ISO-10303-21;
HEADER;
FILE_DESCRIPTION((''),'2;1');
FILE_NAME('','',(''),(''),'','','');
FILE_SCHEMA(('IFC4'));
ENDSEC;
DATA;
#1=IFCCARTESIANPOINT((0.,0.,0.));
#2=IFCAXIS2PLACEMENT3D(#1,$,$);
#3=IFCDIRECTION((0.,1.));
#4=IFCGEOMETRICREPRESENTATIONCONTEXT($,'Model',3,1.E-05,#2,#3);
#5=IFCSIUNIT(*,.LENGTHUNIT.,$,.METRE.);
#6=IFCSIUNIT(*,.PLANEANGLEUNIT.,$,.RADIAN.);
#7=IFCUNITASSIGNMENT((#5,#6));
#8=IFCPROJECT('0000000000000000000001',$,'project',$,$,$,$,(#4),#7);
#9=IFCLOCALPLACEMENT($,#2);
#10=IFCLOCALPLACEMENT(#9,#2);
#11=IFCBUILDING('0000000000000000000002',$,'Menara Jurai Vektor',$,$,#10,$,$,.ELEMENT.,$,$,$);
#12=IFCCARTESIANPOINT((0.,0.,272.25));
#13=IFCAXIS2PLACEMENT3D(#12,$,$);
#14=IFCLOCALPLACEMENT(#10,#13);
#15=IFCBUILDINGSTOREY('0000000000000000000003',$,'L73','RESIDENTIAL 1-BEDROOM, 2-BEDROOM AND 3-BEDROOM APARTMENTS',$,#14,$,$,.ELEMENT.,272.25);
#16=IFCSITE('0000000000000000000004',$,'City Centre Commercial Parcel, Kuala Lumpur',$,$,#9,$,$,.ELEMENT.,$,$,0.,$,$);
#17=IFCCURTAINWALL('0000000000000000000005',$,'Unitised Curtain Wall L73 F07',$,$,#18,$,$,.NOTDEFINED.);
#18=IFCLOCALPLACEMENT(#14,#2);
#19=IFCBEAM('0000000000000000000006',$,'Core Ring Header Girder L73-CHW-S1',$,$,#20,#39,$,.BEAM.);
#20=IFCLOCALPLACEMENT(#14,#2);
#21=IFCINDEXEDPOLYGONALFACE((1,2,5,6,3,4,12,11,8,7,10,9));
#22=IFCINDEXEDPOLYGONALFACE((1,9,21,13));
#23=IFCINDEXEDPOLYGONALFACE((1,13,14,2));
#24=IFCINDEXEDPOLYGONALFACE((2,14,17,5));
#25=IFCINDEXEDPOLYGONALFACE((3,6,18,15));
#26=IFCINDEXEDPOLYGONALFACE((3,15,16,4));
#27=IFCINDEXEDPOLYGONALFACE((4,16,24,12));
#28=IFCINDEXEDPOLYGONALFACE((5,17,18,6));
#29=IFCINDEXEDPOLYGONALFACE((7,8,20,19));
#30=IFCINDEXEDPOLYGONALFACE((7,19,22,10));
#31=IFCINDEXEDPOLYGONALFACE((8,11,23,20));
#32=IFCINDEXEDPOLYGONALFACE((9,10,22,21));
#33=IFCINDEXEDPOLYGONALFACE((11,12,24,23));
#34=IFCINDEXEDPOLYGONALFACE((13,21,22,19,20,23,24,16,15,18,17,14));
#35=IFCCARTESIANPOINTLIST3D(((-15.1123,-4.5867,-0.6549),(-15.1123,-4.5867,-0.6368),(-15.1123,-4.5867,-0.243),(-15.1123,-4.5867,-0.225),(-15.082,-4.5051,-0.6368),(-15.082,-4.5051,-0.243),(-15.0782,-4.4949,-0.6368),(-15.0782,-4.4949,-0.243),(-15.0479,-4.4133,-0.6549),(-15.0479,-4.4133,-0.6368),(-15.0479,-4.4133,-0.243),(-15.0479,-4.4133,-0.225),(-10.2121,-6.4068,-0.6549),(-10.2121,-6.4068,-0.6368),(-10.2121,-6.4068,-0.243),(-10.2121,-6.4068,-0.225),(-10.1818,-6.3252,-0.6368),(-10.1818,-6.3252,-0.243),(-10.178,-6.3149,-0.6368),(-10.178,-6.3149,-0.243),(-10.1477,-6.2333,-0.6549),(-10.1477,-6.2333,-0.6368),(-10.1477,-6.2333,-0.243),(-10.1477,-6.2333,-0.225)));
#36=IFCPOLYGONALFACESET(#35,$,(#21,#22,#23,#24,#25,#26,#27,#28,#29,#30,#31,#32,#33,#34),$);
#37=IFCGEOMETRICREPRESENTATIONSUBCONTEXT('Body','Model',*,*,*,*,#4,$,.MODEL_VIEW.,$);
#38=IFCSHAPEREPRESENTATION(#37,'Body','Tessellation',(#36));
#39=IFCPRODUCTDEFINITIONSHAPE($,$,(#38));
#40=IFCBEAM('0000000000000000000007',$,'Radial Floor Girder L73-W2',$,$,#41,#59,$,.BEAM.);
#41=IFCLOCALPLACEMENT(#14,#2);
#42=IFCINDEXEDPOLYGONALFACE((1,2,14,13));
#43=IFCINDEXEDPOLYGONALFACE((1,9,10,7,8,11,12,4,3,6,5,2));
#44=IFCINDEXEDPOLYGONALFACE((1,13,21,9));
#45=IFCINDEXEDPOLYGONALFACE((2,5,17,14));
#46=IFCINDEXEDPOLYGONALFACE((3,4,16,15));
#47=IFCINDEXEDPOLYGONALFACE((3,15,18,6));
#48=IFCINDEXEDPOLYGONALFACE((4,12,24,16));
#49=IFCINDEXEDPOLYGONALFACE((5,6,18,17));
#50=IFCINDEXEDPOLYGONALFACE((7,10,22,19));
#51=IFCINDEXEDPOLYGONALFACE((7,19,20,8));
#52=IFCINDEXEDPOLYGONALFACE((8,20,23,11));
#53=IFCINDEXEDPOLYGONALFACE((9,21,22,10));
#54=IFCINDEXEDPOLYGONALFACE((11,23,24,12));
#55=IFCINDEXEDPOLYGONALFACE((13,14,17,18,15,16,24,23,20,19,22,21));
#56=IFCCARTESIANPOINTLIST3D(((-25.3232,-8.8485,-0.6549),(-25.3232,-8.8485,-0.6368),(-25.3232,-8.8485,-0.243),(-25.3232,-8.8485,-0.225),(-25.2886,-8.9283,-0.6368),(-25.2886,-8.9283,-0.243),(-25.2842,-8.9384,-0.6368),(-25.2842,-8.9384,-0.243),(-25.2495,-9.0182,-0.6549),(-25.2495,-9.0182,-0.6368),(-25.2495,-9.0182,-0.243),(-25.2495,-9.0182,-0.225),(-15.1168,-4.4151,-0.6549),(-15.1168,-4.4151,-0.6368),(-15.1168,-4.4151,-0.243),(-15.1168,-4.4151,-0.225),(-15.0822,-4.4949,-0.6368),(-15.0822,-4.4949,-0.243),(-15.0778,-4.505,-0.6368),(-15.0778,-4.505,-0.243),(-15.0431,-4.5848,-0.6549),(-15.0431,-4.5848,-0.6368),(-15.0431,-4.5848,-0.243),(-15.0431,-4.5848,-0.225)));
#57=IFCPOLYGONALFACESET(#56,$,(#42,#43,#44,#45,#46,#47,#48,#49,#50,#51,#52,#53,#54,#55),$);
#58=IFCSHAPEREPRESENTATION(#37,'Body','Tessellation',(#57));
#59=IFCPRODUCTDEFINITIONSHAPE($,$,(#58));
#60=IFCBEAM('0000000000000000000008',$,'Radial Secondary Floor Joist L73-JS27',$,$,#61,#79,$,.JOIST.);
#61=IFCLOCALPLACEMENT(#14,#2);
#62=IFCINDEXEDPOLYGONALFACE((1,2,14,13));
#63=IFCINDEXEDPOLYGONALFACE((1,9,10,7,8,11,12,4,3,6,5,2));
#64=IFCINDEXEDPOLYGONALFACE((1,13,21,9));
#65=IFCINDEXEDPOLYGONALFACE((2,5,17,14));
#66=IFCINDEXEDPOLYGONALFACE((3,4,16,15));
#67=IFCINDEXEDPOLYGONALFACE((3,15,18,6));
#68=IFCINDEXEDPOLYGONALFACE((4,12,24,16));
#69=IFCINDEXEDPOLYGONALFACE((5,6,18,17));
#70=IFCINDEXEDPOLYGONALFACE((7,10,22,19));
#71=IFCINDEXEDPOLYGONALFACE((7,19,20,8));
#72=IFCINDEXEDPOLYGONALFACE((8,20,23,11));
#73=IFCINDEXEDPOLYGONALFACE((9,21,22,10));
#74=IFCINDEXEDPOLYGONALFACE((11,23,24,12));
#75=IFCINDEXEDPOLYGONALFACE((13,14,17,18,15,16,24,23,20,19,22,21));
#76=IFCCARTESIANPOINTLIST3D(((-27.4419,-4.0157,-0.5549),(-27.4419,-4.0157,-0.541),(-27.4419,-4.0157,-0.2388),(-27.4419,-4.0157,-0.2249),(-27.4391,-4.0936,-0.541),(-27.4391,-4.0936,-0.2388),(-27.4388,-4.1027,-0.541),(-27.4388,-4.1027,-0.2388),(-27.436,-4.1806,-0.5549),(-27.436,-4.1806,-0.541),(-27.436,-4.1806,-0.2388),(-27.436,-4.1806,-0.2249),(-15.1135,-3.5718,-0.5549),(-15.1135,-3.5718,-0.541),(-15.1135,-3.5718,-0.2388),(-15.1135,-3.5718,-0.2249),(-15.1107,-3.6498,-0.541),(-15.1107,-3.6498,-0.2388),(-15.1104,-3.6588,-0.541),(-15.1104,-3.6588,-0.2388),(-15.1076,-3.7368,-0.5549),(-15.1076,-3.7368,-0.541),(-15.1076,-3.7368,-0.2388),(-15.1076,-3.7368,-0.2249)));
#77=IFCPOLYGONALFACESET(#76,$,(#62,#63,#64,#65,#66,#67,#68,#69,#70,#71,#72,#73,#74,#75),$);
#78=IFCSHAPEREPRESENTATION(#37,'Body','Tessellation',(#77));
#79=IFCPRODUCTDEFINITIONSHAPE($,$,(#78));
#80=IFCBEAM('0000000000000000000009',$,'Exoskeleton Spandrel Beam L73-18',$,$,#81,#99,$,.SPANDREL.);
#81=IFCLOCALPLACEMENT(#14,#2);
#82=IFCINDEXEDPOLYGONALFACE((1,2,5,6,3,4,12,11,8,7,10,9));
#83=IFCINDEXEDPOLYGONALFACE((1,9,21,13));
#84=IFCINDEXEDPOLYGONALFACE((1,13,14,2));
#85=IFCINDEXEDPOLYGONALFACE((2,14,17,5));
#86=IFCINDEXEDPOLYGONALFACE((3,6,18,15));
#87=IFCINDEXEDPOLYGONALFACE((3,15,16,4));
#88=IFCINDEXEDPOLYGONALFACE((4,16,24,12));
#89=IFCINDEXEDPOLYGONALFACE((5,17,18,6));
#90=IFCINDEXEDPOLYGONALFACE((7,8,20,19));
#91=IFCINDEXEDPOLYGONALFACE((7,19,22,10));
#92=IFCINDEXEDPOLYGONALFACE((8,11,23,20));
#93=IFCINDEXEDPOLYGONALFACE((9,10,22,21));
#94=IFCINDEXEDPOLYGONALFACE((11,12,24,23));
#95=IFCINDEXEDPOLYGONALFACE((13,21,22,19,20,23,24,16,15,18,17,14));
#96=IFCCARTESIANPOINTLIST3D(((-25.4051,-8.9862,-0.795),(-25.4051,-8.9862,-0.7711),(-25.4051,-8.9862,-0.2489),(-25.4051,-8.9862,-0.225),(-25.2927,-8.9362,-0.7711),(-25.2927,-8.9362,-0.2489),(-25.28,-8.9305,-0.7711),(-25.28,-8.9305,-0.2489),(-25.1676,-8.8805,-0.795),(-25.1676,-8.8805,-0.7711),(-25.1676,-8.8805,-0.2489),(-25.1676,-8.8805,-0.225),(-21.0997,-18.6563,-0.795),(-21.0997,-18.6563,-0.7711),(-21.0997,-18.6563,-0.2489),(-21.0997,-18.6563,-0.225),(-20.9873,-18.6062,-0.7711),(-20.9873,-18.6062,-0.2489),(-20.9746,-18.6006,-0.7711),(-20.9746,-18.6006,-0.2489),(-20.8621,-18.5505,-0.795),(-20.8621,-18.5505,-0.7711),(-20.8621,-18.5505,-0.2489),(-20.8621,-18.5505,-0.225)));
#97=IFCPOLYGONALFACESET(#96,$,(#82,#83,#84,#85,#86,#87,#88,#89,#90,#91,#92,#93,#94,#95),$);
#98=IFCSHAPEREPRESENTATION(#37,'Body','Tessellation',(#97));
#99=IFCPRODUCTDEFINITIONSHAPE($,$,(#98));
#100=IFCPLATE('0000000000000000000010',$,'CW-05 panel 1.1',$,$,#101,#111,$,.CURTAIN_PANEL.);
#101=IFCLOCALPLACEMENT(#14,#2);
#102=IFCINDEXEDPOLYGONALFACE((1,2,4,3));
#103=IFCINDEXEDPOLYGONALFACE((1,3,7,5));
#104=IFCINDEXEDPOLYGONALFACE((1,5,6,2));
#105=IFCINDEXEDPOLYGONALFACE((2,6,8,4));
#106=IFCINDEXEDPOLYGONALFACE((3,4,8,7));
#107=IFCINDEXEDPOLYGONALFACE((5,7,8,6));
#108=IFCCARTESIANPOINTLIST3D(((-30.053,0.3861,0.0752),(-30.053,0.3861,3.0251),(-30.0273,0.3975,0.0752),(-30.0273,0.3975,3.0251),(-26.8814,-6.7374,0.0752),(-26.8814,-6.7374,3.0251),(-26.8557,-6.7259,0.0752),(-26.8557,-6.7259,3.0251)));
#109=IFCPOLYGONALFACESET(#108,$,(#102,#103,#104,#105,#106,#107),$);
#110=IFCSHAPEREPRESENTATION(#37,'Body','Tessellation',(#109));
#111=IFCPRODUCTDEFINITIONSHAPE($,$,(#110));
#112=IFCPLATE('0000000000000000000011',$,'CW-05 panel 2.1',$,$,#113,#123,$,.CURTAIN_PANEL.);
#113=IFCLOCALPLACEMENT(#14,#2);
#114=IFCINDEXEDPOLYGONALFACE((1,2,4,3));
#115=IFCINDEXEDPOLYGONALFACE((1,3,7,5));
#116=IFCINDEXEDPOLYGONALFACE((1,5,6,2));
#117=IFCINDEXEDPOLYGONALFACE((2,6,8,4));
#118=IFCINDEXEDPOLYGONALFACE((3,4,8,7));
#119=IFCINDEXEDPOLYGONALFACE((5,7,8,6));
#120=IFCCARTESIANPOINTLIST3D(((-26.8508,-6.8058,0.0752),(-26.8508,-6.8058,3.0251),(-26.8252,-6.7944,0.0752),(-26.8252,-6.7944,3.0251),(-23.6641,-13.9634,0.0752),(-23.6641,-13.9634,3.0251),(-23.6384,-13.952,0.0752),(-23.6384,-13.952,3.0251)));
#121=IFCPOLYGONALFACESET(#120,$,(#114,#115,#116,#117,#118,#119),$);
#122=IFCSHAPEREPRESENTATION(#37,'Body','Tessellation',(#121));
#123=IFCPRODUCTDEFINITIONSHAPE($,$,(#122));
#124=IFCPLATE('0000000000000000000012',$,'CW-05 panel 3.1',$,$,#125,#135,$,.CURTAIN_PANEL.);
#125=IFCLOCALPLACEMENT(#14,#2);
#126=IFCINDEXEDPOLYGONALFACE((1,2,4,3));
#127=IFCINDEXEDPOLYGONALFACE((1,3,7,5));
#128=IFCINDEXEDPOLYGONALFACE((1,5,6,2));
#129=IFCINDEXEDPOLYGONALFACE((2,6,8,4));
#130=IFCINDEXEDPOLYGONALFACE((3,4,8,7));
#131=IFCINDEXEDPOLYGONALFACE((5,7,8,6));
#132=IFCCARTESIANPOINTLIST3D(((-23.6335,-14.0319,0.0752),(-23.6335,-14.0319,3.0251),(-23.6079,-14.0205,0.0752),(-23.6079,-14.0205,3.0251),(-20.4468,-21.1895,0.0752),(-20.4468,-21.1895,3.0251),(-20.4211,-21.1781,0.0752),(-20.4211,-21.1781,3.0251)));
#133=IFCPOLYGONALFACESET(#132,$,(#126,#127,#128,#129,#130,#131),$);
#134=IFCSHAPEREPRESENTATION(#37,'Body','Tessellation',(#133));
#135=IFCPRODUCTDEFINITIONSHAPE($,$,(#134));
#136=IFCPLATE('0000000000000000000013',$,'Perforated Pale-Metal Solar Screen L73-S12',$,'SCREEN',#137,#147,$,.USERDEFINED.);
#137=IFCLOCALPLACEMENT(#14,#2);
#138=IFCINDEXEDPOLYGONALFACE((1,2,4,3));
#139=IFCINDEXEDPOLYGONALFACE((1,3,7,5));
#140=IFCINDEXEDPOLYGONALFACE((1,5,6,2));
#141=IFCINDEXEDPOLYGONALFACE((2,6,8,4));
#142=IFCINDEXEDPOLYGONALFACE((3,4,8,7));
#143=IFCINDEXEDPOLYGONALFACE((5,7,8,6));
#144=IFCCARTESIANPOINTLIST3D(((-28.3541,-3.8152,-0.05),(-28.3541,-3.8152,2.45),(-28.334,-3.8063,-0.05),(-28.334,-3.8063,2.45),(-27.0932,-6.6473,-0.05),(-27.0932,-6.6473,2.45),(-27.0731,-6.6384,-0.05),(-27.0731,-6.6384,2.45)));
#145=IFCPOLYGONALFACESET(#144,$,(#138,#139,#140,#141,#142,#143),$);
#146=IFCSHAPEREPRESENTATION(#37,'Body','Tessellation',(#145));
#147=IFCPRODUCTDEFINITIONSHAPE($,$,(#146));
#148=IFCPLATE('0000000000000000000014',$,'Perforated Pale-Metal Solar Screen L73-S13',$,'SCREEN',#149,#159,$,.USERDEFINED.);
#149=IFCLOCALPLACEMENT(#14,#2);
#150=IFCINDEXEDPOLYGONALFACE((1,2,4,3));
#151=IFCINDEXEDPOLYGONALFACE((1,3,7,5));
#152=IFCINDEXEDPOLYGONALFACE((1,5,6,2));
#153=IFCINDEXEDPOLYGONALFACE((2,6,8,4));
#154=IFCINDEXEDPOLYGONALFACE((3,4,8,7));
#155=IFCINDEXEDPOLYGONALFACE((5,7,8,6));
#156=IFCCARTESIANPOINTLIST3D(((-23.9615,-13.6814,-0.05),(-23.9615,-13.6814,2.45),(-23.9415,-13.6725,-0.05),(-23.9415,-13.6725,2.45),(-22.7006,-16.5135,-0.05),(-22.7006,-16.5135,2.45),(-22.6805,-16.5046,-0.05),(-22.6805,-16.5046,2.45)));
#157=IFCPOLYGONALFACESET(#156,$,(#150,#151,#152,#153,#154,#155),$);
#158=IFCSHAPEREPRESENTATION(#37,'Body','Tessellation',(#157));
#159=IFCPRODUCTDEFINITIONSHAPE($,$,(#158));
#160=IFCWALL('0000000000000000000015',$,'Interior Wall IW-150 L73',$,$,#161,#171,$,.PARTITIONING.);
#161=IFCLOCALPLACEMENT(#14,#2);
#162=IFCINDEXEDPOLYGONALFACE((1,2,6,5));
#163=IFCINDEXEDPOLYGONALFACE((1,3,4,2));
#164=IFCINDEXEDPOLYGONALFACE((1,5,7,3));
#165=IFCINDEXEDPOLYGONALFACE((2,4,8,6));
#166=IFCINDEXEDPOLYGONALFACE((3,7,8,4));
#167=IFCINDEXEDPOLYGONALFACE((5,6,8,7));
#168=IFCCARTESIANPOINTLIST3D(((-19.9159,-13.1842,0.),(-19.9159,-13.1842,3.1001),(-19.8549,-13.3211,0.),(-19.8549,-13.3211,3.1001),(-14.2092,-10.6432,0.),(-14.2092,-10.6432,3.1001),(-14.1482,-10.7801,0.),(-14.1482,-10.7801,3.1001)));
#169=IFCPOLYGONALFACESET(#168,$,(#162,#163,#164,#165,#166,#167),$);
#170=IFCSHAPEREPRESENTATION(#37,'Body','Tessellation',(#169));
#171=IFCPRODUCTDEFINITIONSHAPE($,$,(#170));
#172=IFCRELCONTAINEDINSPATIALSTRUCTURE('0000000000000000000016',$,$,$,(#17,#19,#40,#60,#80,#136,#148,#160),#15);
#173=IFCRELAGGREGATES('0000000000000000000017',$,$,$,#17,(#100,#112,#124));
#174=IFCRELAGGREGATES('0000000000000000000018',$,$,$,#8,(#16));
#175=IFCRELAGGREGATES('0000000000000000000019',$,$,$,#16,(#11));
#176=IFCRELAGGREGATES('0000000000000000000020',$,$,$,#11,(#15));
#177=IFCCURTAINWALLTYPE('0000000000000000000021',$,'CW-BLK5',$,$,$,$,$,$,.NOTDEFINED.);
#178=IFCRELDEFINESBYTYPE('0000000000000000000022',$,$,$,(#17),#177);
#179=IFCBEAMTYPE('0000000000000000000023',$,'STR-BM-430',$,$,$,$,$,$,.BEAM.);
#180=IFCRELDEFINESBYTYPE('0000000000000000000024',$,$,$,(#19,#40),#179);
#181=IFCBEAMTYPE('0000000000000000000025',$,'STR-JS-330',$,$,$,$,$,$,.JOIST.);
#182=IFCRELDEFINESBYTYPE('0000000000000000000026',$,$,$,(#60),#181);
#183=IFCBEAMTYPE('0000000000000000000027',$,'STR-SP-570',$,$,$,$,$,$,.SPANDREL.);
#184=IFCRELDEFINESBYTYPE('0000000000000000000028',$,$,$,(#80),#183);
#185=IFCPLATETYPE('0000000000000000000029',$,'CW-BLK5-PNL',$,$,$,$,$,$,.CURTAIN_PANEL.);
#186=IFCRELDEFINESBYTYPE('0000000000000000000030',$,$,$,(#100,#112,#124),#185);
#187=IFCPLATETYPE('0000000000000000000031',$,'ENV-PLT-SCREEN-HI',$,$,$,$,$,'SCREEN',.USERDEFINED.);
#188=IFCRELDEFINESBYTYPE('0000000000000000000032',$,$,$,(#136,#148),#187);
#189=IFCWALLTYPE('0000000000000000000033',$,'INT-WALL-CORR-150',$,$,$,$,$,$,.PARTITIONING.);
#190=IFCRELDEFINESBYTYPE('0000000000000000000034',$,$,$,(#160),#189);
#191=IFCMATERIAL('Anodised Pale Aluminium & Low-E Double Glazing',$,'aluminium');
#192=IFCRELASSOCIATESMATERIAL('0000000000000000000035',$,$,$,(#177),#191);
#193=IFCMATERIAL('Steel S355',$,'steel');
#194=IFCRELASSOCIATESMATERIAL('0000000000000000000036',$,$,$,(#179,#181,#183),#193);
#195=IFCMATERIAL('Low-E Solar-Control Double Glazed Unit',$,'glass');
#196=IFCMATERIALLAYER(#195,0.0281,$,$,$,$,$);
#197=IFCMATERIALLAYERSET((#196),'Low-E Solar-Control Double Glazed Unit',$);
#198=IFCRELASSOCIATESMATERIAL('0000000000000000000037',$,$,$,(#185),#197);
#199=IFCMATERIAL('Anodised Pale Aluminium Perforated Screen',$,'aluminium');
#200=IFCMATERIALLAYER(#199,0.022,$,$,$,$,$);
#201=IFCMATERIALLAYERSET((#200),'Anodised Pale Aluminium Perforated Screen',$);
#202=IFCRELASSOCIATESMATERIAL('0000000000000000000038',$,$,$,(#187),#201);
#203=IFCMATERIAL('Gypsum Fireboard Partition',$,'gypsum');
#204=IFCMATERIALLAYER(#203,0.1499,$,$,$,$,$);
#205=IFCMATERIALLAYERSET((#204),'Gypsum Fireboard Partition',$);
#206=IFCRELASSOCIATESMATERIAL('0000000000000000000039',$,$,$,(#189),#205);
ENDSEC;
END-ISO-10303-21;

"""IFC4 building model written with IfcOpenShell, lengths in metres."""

from ifc_helpers import new_model, si_unit, direction, frame, frame_2d, origin, origin_2d, place, context, subcontext, project, spatial, rectangle, i_section, extrude, material, layer, layer_set, material_profile, profile_set, type_object, element, aggregate, save


model = new_model("IFC4")

# Units and contexts
model_context = context("Model", 3, precision=1e-05, world=origin(), true_north=direction((0.0, 1.0)))
body_context = subcontext(model_context, "Body", "Model", "MODEL_VIEW")
ifc_project = project(units=[si_unit("LENGTHUNIT", "METRE"), si_unit("PLANEANGLEUNIT", "RADIAN")], contexts=[model_context])

# Site, building, storey
site_placement = place(None, origin())
site = spatial("IfcSite", under=ifc_project, at=site_placement, Name="City Centre Commercial Parcel, Kuala Lumpur", CompositionType="ELEMENT", RefElevation=0.0)
building_placement = place(site_placement, origin())
building = spatial("IfcBuilding", under=site, at=building_placement, Name="Menara Jurai Vektor", CompositionType="ELEMENT")
storey_placement = place(building_placement, frame((0.0, 0.0, 272.25)))
storey = spatial("IfcBuildingStorey", under=building, at=storey_placement, Name="L73", Description="RESIDENTIAL 1-BEDROOM, 2-BEDROOM AND 3-BEDROOM APARTMENTS", CompositionType="ELEMENT", Elevation=272.25)

# Curtain wall
ifc_material_1 = material(Name="Anodised Pale Aluminium & Low-E Double Glazing", Category="aluminium")
curtain_wall_type = type_object("IfcCurtainWallType", Name="CW-BLK5", PredefinedType="NOTDEFINED", material=ifc_material_1)
curtain_wall_placement = place(storey_placement, origin())
curtain_wall = element("IfcCurtainWall", 1, at=curtain_wall_placement, inside=storey, type_object=curtain_wall_type, Name="Unitised Curtain Wall L73 F07", PredefinedType="NOTDEFINED")

# Beams
ifc_material_2 = material(Name="Steel S355", Category="steel")
ifc_material_profile_1 = material_profile(ifc_material_2, i_section(OverallWidth=0.1851, OverallDepth=0.4299, WebThickness=0.011, FlangeThickness=0.0181, at=origin_2d()), Name="PG 430x185x76")
ifc_profile_set_1 = profile_set([ifc_material_profile_1], Name="Steel S355")
beam_type_1 = type_object("IfcBeamType", Name="STR-BM-430", PredefinedType="BEAM", material=ifc_profile_set_1)
beam_1_placement = place(storey_placement, frame((-15.0801, -4.5, -0.4399), z_axis=(0.937424, -0.348189, 0.0), x_axis=(0.348189, 0.937424, 0.0)))
element("IfcBeam", 2, at=beam_1_placement, inside=storey, type_object=beam_type_1, Name="Core Ring Header Girder L73-CHW-S1", PredefinedType="BEAM", context=body_context, shape_type="SweptSolid", body=[
    extrude(i_section(OverallWidth=0.1851, OverallDepth=0.4299, WebThickness=0.011, FlangeThickness=0.0181, at=origin_2d()), origin(), (0.0, 0.0, 1.0), 5.2273),
])
beam_2_placement = place(storey_placement, frame((-25.2864, -8.9333, -0.4399), z_axis=(0.917207, 0.398411, 0.0), x_axis=(-0.398411, 0.917207, 0.0)))
element("IfcBeam", 3, at=beam_2_placement, inside=storey, type_object=beam_type_1, Name="Radial Floor Girder L73-W2", PredefinedType="BEAM", context=body_context, shape_type="SweptSolid", body=[
    extrude(i_section(OverallWidth=0.1851, OverallDepth=0.4299, WebThickness=0.011, FlangeThickness=0.0181, at=origin_2d()), origin(), (0.0, 0.0, 1.0), 11.1277),
])
ifc_material_profile_2 = material_profile(ifc_material_2, i_section(OverallWidth=0.165, OverallDepth=0.3301, WebThickness=0.009, FlangeThickness=0.0139, at=origin_2d()), Name="PG 330x165x46")
ifc_profile_set_2 = profile_set([ifc_material_profile_2], Name="Steel S355")
beam_type_2 = type_object("IfcBeamType", Name="STR-JS-330", PredefinedType="JOIST", material=ifc_profile_set_2)
beam_3_placement = place(storey_placement, frame((-27.439, -4.0981, -0.3899), z_axis=(0.999353, 0.035979, 0.0), x_axis=(-0.035979, 0.999353, 0.0)))
element("IfcBeam", 4, at=beam_3_placement, inside=storey, type_object=beam_type_2, Name="Radial Secondary Floor Joist L73-JS27", PredefinedType="JOIST", context=body_context, shape_type="SweptSolid", body=[
    extrude(i_section(OverallWidth=0.165, OverallDepth=0.3301, WebThickness=0.009, FlangeThickness=0.0139, at=origin_2d()), origin(), (0.0, 0.0, 1.0), 12.3364),
])
ifc_material_profile_3 = material_profile(ifc_material_2, i_section(OverallWidth=0.26, OverallDepth=0.5701, WebThickness=0.0139, FlangeThickness=0.0239, at=origin_2d()), Name="PG 570x260x145")
ifc_profile_set_3 = profile_set([ifc_material_profile_3], Name="Steel S355")
beam_type_3 = type_object("IfcBeamType", Name="STR-SP-570", PredefinedType="SPANDREL", material=ifc_profile_set_3)
beam_4_placement = place(storey_placement, frame((-25.2864, -8.9333, -0.51), z_axis=(0.406744, -0.913542, 0.0), x_axis=(0.913542, 0.406744, 0.0)))
element("IfcBeam", 5, at=beam_4_placement, inside=storey, type_object=beam_type_3, Name="Exoskeleton Spandrel Beam L73-18", PredefinedType="SPANDREL", context=body_context, shape_type="SweptSolid", body=[
    extrude(i_section(OverallWidth=0.26, OverallDepth=0.5701, WebThickness=0.0139, FlangeThickness=0.0239, at=origin_2d()), origin(), (0.0, 0.0, 1.0), 10.5852),
])

# Plates
ifc_material_3 = material(Name="Low-E Solar-Control Double Glazed Unit", Category="glass")
ifc_layer_1 = layer(ifc_material_3, 0.0281)
ifc_layer_set_1 = layer_set([ifc_layer_1], Name="Low-E Solar-Control Double Glazed Unit")
plate_type_1 = type_object("IfcPlateType", Name="CW-BLK5-PNL", PredefinedType="CURTAIN_PANEL", material=ifc_layer_set_1)
plate_1_placement = place(storey_placement, frame((-28.4543, -3.1699, 0.0752), z_axis=(0.0, 0.0, 1.0), x_axis=(0.406735, -0.913546, 0.0)))
plate_1 = element("IfcPlate", 6, at=plate_1_placement, type_object=plate_type_1, Name="CW-05 panel 1.1", PredefinedType="CURTAIN_PANEL", context=body_context, shape_type="SweptSolid", body=[
    extrude(rectangle(XDim=7.7976, YDim=0.0281, at=origin_2d()), origin(), (0.0, 0.0, 1.0), 2.95),
])
plate_2_placement = place(storey_placement, frame((-25.2446, -10.3789, 0.0752), z_axis=(0.0, 0.0, 1.0), x_axis=(0.406735, -0.913546, 0.0)))
plate_2 = element("IfcPlate", 7, at=plate_2_placement, type_object=plate_type_1, Name="CW-05 panel 2.1", PredefinedType="CURTAIN_PANEL", context=body_context, shape_type="SweptSolid", body=[
    extrude(rectangle(XDim=7.835, YDim=0.0281, at=origin_2d()), origin(), (0.0, 0.0, 1.0), 2.95),
])
plate_3_placement = place(storey_placement, frame((-22.0273, -17.605, 0.0752), z_axis=(0.0, 0.0, 1.0), x_axis=(0.406735, -0.913546, 0.0)))
plate_3 = element("IfcPlate", 8, at=plate_3_placement, type_object=plate_type_1, Name="CW-05 panel 3.1", PredefinedType="CURTAIN_PANEL", context=body_context, shape_type="SweptSolid", body=[
    extrude(rectangle(XDim=7.835, YDim=0.0281, at=origin_2d()), origin(), (0.0, 0.0, 1.0), 2.95),
])
aggregate(curtain_wall, [plate_1, plate_2, plate_3])

# Plates
ifc_material_4 = material(Name="Anodised Pale Aluminium Perforated Screen", Category="aluminium")
ifc_layer_2 = layer(ifc_material_4, 0.022)
ifc_layer_set_2 = layer_set([ifc_layer_2], Name="Anodised Pale Aluminium Perforated Screen")
plate_type_2 = type_object("IfcPlateType", Name="ENV-PLT-SCREEN-HI", ElementType="SCREEN", PredefinedType="USERDEFINED", material=ifc_layer_set_2)
for number, where, z_axis, x_axis, name in (
    (9, (-27.7136, -5.2268, -0.05), (0.0, 0.0, 1.0), (0.406737, -0.913545, 0.0), "Perforated Pale-Metal Solar Screen L73-S12"),
    (10, (-23.321, -15.093, -0.05), (0.0, 0.0, 1.0), (0.406737, -0.913545, 0.0), "Perforated Pale-Metal Solar Screen L73-S13"),
):
    element("IfcPlate", number, at=place(storey_placement, frame(where, z_axis=z_axis, x_axis=x_axis)), inside=storey, type_object=plate_type_2, Name=name, ObjectType="SCREEN", PredefinedType="USERDEFINED", context=body_context, shape_type="SweptSolid", body=[
        extrude(rectangle(XDim=3.1001, YDim=0.022, at=origin_2d()), origin(), (0.0, 0.0, 1.0), 2.5),
    ])

# Shared definitions
ifc_material_5 = material(Name="Gypsum Fireboard Partition", Category="gypsum")
ifc_layer_3 = layer(ifc_material_5, 0.1499)
ifc_layer_set_3 = layer_set([ifc_layer_3], Name="Gypsum Fireboard Partition")
wall_type = type_object("IfcWallType", Name="INT-WALL-CORR-150", PredefinedType="PARTITIONING", material=ifc_layer_set_3)

# Wall
wall_1_placement = place(storey_placement, frame((-19.8855, -13.2527, 0.0), z_axis=(0.0, 0.0, 1.0), x_axis=(0.913534, 0.406762, 0.0)))
element("IfcWall", 11, at=wall_1_placement, inside=storey, type_object=wall_type, Name="Interior Wall IW-150 L73", PredefinedType="PARTITIONING", context=body_context, shape_type="SweptSolid", body=[
    extrude(rectangle(XDim=6.2468, YDim=0.1499, at=frame_2d((3.1235, 0.0))), origin(), (0.0, 0.0, 1.0), 3.1001),
])

save(model, "model.ifc")
